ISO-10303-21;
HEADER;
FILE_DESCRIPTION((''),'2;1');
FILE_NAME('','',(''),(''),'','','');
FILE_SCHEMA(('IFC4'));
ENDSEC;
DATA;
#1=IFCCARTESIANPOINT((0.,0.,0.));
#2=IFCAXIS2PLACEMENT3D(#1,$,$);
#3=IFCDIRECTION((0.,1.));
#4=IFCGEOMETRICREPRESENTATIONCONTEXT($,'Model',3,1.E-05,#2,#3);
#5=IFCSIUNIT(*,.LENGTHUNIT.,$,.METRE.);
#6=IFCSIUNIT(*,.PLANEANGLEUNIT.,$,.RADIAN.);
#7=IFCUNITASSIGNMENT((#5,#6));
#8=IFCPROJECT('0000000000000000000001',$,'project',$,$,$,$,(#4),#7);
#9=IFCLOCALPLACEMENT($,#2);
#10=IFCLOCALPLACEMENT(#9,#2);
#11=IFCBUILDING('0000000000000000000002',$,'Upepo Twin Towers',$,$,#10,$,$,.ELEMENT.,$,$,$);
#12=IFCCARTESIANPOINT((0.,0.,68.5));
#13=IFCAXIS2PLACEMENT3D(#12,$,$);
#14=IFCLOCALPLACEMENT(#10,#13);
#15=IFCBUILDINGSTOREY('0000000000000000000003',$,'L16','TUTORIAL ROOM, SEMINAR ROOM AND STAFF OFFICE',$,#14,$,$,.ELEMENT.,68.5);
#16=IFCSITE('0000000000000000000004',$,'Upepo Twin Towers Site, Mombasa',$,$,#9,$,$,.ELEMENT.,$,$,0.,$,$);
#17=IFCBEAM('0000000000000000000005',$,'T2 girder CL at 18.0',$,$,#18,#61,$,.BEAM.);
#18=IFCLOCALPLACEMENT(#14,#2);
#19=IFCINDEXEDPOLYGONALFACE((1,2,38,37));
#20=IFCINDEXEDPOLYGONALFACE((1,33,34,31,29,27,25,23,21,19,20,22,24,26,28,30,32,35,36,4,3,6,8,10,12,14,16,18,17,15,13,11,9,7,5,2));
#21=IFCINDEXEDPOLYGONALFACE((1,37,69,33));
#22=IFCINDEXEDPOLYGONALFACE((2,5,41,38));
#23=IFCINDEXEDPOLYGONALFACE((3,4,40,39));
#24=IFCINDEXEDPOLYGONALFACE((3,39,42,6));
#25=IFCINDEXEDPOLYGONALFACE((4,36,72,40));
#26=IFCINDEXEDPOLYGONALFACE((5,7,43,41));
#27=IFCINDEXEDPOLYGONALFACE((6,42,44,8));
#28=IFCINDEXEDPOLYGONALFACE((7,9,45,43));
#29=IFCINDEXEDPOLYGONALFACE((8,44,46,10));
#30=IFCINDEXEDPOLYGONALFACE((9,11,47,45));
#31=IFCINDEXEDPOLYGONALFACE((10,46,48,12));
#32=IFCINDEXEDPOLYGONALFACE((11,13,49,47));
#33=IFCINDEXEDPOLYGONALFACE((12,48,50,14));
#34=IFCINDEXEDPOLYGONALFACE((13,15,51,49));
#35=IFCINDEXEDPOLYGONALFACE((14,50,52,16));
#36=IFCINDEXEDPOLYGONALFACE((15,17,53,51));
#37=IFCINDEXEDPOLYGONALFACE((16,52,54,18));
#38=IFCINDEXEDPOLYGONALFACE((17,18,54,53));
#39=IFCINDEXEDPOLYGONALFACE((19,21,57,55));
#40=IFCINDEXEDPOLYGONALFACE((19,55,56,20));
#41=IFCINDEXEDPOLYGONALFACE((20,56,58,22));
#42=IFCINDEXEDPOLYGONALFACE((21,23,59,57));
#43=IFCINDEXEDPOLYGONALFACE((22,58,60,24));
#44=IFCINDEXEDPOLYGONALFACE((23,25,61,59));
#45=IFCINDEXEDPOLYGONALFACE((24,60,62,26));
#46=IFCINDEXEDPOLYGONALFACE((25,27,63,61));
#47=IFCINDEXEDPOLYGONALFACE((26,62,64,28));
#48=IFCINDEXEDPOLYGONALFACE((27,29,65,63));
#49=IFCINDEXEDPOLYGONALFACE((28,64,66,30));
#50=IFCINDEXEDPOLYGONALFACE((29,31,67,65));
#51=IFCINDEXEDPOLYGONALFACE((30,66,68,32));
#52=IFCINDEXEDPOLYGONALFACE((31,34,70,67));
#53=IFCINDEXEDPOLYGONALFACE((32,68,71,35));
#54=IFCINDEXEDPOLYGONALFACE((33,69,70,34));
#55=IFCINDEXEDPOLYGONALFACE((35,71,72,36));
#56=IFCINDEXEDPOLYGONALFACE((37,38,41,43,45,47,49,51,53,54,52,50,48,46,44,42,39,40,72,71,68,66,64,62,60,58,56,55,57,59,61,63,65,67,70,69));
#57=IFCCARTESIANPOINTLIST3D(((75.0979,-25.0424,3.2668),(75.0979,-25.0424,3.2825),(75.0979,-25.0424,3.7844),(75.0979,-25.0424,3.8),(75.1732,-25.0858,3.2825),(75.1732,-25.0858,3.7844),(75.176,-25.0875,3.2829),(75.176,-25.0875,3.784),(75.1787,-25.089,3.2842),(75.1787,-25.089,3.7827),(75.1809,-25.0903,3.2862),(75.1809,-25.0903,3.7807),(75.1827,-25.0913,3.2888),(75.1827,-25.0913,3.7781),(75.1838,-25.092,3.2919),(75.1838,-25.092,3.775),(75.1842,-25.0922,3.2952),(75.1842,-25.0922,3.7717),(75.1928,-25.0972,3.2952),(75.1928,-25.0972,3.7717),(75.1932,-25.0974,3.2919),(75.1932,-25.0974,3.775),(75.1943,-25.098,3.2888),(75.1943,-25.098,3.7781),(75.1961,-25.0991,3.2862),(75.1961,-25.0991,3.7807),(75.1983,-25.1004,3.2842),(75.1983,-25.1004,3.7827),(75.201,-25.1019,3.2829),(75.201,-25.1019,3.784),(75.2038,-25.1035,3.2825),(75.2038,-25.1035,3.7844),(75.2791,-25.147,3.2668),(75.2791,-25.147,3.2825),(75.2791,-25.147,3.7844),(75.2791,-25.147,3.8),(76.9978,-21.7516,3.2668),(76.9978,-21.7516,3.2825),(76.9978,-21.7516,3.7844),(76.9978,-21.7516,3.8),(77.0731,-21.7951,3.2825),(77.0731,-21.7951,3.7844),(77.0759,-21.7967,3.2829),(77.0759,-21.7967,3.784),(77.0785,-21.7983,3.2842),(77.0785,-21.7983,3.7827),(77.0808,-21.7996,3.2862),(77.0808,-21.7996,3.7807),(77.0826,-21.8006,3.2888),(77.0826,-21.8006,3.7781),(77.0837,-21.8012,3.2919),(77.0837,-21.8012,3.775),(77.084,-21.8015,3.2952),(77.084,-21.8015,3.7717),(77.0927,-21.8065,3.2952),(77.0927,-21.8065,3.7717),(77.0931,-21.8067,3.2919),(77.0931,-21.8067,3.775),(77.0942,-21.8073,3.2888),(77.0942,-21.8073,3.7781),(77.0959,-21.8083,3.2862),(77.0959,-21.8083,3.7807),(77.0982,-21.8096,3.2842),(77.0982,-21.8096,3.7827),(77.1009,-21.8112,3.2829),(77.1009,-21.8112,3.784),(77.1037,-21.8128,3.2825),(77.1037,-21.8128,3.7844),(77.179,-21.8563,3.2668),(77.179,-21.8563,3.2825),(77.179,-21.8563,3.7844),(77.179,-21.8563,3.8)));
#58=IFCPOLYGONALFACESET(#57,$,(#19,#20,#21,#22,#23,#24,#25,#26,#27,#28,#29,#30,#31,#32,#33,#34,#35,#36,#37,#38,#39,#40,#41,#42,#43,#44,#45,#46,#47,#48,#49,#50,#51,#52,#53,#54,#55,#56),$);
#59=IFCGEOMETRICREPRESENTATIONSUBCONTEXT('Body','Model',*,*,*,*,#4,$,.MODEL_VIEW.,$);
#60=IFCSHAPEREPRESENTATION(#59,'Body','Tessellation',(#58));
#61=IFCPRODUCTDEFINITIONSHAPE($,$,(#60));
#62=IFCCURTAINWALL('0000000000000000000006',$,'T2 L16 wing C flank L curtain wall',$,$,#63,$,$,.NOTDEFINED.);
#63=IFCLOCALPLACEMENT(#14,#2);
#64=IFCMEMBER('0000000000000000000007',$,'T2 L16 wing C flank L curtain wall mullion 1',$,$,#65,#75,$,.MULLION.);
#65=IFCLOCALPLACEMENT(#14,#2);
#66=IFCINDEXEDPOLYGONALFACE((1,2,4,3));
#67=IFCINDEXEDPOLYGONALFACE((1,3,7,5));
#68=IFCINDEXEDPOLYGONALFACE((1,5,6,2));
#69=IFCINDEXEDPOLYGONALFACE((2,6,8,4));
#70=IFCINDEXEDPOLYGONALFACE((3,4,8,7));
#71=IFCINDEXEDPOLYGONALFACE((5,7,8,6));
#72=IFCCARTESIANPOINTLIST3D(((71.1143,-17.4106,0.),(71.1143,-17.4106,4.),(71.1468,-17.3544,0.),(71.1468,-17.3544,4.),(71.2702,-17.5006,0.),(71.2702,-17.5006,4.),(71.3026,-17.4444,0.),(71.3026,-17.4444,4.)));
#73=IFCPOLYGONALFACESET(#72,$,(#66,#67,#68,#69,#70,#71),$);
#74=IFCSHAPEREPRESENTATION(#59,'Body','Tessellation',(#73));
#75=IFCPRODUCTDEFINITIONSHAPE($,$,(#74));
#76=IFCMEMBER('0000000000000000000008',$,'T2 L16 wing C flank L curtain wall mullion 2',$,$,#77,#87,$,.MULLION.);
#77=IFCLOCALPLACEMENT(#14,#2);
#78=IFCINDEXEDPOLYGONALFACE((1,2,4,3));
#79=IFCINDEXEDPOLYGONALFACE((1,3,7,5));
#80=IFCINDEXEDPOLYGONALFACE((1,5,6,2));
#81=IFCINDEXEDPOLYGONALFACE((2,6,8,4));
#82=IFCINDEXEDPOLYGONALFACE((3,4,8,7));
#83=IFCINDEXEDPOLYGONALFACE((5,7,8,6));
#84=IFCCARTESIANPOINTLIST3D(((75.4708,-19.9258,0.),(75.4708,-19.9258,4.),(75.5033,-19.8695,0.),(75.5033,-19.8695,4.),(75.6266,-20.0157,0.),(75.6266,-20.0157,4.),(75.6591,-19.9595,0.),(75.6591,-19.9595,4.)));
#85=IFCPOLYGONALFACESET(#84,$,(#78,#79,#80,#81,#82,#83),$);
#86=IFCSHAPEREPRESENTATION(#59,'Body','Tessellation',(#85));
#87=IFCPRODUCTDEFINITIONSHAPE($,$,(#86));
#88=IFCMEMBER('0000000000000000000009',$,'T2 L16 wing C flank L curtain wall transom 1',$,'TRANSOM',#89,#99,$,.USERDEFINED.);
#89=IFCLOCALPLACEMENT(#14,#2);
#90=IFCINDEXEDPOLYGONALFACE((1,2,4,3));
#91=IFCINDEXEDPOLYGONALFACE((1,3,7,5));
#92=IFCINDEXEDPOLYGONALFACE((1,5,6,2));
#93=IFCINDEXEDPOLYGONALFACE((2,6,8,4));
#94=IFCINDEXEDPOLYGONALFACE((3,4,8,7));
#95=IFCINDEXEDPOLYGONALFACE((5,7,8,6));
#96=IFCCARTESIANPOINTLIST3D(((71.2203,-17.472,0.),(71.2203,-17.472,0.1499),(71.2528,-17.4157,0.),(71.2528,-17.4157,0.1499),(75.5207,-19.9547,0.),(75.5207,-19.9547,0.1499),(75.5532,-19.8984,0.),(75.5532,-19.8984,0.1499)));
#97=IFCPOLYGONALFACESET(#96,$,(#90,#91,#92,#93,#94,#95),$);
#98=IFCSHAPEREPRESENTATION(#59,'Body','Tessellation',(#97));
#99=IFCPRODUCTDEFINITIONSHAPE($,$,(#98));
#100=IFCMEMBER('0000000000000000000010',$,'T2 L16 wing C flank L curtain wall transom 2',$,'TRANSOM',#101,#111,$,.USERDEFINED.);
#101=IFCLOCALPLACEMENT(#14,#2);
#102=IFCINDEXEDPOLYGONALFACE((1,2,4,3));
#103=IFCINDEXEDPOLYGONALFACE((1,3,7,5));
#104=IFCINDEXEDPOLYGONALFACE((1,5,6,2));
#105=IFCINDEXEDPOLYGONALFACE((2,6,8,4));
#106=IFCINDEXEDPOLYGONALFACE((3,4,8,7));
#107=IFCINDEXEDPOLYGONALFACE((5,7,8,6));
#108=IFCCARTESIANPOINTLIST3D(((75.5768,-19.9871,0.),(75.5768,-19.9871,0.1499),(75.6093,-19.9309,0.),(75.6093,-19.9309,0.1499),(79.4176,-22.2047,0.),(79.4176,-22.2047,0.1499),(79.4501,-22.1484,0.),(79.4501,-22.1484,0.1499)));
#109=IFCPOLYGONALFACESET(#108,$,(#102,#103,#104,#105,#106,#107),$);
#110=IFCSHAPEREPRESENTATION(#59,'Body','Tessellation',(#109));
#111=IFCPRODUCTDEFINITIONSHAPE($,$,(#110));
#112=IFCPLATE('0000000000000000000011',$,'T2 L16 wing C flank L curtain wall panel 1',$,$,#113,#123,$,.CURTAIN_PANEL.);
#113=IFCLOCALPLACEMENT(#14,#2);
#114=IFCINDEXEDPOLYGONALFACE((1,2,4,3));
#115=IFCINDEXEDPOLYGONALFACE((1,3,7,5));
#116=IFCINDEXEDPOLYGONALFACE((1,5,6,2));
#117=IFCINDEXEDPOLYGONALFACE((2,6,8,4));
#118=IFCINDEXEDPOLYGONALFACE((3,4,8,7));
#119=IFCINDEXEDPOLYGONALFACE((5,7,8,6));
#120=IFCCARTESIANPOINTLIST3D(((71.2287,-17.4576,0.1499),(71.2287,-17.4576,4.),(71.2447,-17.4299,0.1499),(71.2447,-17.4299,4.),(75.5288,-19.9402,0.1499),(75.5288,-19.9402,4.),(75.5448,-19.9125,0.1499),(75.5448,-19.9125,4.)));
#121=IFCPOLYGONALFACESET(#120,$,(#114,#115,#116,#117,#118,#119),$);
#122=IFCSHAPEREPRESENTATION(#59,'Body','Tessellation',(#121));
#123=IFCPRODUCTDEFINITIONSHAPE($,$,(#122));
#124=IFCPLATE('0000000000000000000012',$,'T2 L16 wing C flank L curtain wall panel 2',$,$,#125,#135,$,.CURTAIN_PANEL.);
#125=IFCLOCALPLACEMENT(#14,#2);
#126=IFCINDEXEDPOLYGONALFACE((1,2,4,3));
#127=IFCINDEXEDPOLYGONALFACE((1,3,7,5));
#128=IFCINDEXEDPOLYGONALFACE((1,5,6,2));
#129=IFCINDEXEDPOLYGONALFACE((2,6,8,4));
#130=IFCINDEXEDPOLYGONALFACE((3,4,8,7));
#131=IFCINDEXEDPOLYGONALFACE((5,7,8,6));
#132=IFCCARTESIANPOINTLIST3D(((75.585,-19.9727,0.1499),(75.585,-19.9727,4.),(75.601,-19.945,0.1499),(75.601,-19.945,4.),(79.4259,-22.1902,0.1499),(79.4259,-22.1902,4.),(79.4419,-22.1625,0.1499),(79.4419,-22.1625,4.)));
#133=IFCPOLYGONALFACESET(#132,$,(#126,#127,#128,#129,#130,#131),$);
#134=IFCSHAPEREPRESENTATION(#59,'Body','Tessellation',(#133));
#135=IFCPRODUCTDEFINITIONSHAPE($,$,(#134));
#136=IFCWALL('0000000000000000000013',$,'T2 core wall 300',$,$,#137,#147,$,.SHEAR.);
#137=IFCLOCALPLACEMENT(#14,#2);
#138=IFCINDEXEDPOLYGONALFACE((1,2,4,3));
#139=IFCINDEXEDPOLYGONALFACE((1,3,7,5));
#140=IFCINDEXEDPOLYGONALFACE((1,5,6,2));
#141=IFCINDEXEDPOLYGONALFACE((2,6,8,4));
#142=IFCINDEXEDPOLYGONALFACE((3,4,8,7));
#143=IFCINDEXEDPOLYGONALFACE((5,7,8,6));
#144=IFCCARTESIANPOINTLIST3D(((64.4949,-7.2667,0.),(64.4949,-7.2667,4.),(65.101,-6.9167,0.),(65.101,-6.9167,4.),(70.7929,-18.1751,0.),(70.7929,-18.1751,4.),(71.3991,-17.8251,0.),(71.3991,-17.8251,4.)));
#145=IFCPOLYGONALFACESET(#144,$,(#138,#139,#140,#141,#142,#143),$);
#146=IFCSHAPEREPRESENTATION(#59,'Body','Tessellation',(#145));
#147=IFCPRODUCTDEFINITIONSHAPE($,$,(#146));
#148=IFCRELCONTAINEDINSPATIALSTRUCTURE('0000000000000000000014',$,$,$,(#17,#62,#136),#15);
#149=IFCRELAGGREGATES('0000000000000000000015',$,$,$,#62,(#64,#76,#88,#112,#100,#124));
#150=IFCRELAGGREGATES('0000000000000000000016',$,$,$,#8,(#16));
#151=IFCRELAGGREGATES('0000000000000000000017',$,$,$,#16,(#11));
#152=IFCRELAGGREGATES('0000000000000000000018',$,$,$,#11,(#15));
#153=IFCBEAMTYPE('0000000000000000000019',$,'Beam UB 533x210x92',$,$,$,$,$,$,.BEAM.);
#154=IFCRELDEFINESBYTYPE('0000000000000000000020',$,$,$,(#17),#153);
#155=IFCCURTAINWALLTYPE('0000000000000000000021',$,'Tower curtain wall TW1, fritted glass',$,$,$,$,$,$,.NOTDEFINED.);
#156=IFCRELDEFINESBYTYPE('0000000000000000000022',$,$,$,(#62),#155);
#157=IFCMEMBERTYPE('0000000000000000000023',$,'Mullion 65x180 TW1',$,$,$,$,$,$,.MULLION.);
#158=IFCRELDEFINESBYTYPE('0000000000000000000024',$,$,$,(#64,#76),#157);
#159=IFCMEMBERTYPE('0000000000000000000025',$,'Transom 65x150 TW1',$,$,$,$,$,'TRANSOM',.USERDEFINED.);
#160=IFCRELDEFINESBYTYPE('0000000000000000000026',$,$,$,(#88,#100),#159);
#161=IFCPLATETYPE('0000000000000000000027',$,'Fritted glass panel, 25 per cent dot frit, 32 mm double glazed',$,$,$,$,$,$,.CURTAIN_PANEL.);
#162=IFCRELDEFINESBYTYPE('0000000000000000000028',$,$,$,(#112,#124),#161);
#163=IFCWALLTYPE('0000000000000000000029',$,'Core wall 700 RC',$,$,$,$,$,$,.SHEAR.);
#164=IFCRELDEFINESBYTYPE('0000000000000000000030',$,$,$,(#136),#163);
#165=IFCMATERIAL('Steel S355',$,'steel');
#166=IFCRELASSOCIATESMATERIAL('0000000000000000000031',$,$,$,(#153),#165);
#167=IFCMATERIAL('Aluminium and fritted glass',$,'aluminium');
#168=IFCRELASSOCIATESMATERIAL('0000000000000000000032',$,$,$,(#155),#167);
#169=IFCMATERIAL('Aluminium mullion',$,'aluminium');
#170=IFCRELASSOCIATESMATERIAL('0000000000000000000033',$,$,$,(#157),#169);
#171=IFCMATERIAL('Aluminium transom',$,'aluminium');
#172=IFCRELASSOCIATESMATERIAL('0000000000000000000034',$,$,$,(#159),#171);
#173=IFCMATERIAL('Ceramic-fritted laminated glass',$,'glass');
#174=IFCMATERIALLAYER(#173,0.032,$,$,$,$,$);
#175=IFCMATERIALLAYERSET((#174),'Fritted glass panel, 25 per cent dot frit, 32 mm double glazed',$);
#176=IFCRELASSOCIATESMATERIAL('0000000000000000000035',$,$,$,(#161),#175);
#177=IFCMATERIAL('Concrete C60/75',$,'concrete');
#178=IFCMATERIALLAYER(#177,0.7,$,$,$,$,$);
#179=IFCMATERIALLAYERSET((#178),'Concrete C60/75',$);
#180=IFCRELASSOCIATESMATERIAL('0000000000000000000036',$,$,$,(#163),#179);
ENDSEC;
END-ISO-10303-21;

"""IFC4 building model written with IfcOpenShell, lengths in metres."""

from ifc_helpers import new_model, si_unit, direction, frame, frame_2d, origin, origin_2d, place, context, subcontext, project, spatial, rectangle, i_section, extrude, material, layer, layer_set, material_profile, profile_set, type_object, element, aggregate, save


model = new_model("IFC4")

# Units and contexts
model_context = context("Model", 3, precision=1e-05, world=origin(), true_north=direction((0.0, 1.0)))
body_context = subcontext(model_context, "Body", "Model", "MODEL_VIEW")
ifc_project = project(units=[si_unit("LENGTHUNIT", "METRE"), si_unit("PLANEANGLEUNIT", "RADIAN")], contexts=[model_context])

# Site, building, storey
site_placement = place(None, origin())
site = spatial("IfcSite", under=ifc_project, at=site_placement, Name="Upepo Twin Towers Site, Mombasa", CompositionType="ELEMENT", RefElevation=0.0)
building_placement = place(site_placement, origin())
building = spatial("IfcBuilding", under=site, at=building_placement, Name="Upepo Twin Towers", CompositionType="ELEMENT")
storey_placement = place(building_placement, frame((0.0, 0.0, 68.5)))
storey = spatial("IfcBuildingStorey", under=building, at=storey_placement, Name="L16", Description="TUTORIAL ROOM, SEMINAR ROOM AND STAFF OFFICE", CompositionType="ELEMENT", Elevation=68.5)

# Beam
ifc_material_1 = material(Name="Steel S355", Category="steel")
ifc_material_profile_1 = material_profile(ifc_material_1, i_section(OverallWidth=0.2092, OverallDepth=0.5332, WebThickness=0.01, FlangeThickness=0.0156, FilletRadius=0.0127, at=origin_2d()), Name="UB 533x210x92")
ifc_profile_set_1 = profile_set([ifc_material_profile_1], Name="Steel S355")
beam_type_1 = type_object("IfcBeamType", Name="Beam UB 533x210x92", PredefinedType="BEAM", material=ifc_profile_set_1)
beam_1_placement = place(storey_placement, frame((77.0884, -21.804, 3.5334), z_axis=(-0.499995, -0.866028, 0.0), x_axis=(0.866028, -0.499995, 0.0)))
element("IfcBeam", 1, at=beam_1_placement, inside=storey, type_object=beam_type_1, Name="T2 girder CL at 18.0", PredefinedType="BEAM", context=body_context, shape_type="SweptSolid", body=[
    extrude(i_section(OverallWidth=0.2092, OverallDepth=0.5332, WebThickness=0.01, FlangeThickness=0.0156, FilletRadius=0.0127, at=origin_2d()), origin(), (0.0, 0.0, 1.0), 3.7998),
])

# Curtain wall, members, plates
ifc_material_2 = material(Name="Aluminium and fritted glass", Category="aluminium")
curtain_wall_type = type_object("IfcCurtainWallType", Name="Tower curtain wall TW1, fritted glass", PredefinedType="NOTDEFINED", material=ifc_material_2)
curtain_wall_placement = place(storey_placement, origin())
curtain_wall = element("IfcCurtainWall", 2, at=curtain_wall_placement, inside=storey, type_object=curtain_wall_type, Name="T2 L16 wing C flank L curtain wall", PredefinedType="NOTDEFINED")
ifc_material_3 = material(Name="Aluminium mullion", Category="aluminium")
ifc_material_profile_2 = material_profile(ifc_material_3, rectangle(XDim=0.0649, YDim=0.1799, at=origin_2d()), Name="MULLION 65x180")
ifc_profile_set_2 = profile_set([ifc_material_profile_2], Name="Aluminium mullion")
member_type_1 = type_object("IfcMemberType", Name="Mullion 65x180 TW1", PredefinedType="MULLION", material=ifc_profile_set_2)
member_1_placement = place(storey_placement, frame((71.2085, -17.4275, 0.0), z_axis=(0.0, 0.0, 1.0), x_axis=(0.5, 0.866025, 0.0)))
member_1 = element("IfcMember", 3, at=member_1_placement, type_object=member_type_1, Name="T2 L16 wing C flank L curtain wall mullion 1", PredefinedType="MULLION", context=body_context, shape_type="SweptSolid", body=[
    extrude(rectangle(XDim=0.0649, YDim=0.1799, at=origin_2d()), origin(), (0.0, 0.0, 1.0), 4.0),
])
member_2_placement = place(storey_placement, frame((75.5649, -19.9426, 0.0), z_axis=(0.0, 0.0, 1.0), x_axis=(0.5, 0.866025, 0.0)))
member_2 = element("IfcMember", 4, at=member_2_placement, type_object=member_type_1, Name="T2 L16 wing C flank L curtain wall mullion 2", PredefinedType="MULLION", context=body_context, shape_type="SweptSolid", body=[
    extrude(rectangle(XDim=0.0649, YDim=0.1799, at=origin_2d()), origin(), (0.0, 0.0, 1.0), 4.0),
])
ifc_material_4 = material(Name="Aluminium transom", Category="aluminium")
ifc_material_profile_3 = material_profile(ifc_material_4, rectangle(XDim=0.0649, YDim=0.1499, at=origin_2d()), Name="TRANSOM 65x150")
ifc_profile_set_3 = profile_set([ifc_material_profile_3], Name="Aluminium transom")
member_type_2 = type_object("IfcMemberType", Name="Transom 65x150 TW1", ElementType="TRANSOM", PredefinedType="USERDEFINED", material=ifc_profile_set_3)
member_3_placement = place(storey_placement, frame((71.2366, -17.4438, 0.075), z_axis=(0.866035, -0.499983, 0.0), x_axis=(0.499983, 0.866035, 0.0)))
member_3 = element("IfcMember", 5, at=member_3_placement, type_object=member_type_2, Name="T2 L16 wing C flank L curtain wall transom 1", ObjectType="TRANSOM", PredefinedType="USERDEFINED", context=body_context, shape_type="SweptSolid", body=[
    extrude(rectangle(XDim=0.0649, YDim=0.1499, at=origin_2d()), origin(), (0.0, 0.0, 1.0), 4.9656),
])
member_4_placement = place(storey_placement, frame((75.593, -19.959, 0.075), z_axis=(0.866022, -0.500005, 0.0), x_axis=(0.500005, 0.866022, 0.0)))
member_4 = element("IfcMember", 6, at=member_4_placement, type_object=member_type_2, Name="T2 L16 wing C flank L curtain wall transom 2", ObjectType="TRANSOM", PredefinedType="USERDEFINED", context=body_context, shape_type="SweptSolid", body=[
    extrude(rectangle(XDim=0.0649, YDim=0.1499, at=origin_2d()), origin(), (0.0, 0.0, 1.0), 4.4351),
])
ifc_material_5 = material(Name="Ceramic-fritted laminated glass", Category="glass")
ifc_layer_1 = layer(ifc_material_5, 0.032)
ifc_layer_set_1 = layer_set([ifc_layer_1], Name="Fritted glass panel, 25 per cent dot frit, 32 mm double glazed")
plate_type = type_object("IfcPlateType", Name="Fritted glass panel, 25 per cent dot frit, 32 mm double glazed", PredefinedType="CURTAIN_PANEL", material=ifc_layer_set_1)
plate_1_placement = place(storey_placement, frame((73.3867, -18.6851, 0.1499), z_axis=(0.0, 0.0, 1.0), x_axis=(0.866025, -0.5, 0.0)))
plate_1 = element("IfcPlate", 7, at=plate_1_placement, type_object=plate_type, Name="T2 L16 wing C flank L curtain wall panel 1", PredefinedType="CURTAIN_PANEL", context=body_context, shape_type="SweptSolid", body=[
    extrude(rectangle(XDim=4.9653, YDim=0.032, at=origin_2d()), origin(), (0.0, 0.0, 1.0), 3.8501),
])
plate_2_placement = place(storey_placement, frame((77.5134, -21.0676, 0.1499), z_axis=(0.0, 0.0, 1.0), x_axis=(0.866025, -0.5, 0.0)))
plate_2 = element("IfcPlate", 8, at=plate_2_placement, type_object=plate_type, Name="T2 L16 wing C flank L curtain wall panel 2", PredefinedType="CURTAIN_PANEL", context=body_context, shape_type="SweptSolid", body=[
    extrude(rectangle(XDim=4.4351, YDim=0.032, at=origin_2d()), origin(), (0.0, 0.0, 1.0), 3.8501),
])
aggregate(curtain_wall, [member_1, member_2, member_3, plate_1, member_4, plate_2])

# Wall
ifc_material_6 = material(Name="Concrete C60/75", Category="concrete")
ifc_layer_2 = layer(ifc_material_6, 0.7)
ifc_layer_set_2 = layer_set([ifc_layer_2], Name="Concrete C60/75")
wall_type_1 = type_object("IfcWallType", Name="Core wall 700 RC", PredefinedType="SHEAR", material=ifc_layer_set_2)
wall_1_placement = place(storey_placement, frame((71.0959, -18.0, 0.0), z_axis=(0.0, 0.0, 1.0), x_axis=(-0.500006, 0.866022, 0.0)))
element("IfcWall", 9, at=wall_1_placement, inside=storey, type_object=wall_type_1, Name="T2 core wall 300", PredefinedType="SHEAR", context=body_context, shape_type="SweptSolid", body=[
    extrude(rectangle(XDim=12.5959, YDim=0.7, at=frame_2d((6.2979, 0.0))), origin(), (0.0, 0.0, 1.0), 4.0),
])

save(model, "model.ifc")
